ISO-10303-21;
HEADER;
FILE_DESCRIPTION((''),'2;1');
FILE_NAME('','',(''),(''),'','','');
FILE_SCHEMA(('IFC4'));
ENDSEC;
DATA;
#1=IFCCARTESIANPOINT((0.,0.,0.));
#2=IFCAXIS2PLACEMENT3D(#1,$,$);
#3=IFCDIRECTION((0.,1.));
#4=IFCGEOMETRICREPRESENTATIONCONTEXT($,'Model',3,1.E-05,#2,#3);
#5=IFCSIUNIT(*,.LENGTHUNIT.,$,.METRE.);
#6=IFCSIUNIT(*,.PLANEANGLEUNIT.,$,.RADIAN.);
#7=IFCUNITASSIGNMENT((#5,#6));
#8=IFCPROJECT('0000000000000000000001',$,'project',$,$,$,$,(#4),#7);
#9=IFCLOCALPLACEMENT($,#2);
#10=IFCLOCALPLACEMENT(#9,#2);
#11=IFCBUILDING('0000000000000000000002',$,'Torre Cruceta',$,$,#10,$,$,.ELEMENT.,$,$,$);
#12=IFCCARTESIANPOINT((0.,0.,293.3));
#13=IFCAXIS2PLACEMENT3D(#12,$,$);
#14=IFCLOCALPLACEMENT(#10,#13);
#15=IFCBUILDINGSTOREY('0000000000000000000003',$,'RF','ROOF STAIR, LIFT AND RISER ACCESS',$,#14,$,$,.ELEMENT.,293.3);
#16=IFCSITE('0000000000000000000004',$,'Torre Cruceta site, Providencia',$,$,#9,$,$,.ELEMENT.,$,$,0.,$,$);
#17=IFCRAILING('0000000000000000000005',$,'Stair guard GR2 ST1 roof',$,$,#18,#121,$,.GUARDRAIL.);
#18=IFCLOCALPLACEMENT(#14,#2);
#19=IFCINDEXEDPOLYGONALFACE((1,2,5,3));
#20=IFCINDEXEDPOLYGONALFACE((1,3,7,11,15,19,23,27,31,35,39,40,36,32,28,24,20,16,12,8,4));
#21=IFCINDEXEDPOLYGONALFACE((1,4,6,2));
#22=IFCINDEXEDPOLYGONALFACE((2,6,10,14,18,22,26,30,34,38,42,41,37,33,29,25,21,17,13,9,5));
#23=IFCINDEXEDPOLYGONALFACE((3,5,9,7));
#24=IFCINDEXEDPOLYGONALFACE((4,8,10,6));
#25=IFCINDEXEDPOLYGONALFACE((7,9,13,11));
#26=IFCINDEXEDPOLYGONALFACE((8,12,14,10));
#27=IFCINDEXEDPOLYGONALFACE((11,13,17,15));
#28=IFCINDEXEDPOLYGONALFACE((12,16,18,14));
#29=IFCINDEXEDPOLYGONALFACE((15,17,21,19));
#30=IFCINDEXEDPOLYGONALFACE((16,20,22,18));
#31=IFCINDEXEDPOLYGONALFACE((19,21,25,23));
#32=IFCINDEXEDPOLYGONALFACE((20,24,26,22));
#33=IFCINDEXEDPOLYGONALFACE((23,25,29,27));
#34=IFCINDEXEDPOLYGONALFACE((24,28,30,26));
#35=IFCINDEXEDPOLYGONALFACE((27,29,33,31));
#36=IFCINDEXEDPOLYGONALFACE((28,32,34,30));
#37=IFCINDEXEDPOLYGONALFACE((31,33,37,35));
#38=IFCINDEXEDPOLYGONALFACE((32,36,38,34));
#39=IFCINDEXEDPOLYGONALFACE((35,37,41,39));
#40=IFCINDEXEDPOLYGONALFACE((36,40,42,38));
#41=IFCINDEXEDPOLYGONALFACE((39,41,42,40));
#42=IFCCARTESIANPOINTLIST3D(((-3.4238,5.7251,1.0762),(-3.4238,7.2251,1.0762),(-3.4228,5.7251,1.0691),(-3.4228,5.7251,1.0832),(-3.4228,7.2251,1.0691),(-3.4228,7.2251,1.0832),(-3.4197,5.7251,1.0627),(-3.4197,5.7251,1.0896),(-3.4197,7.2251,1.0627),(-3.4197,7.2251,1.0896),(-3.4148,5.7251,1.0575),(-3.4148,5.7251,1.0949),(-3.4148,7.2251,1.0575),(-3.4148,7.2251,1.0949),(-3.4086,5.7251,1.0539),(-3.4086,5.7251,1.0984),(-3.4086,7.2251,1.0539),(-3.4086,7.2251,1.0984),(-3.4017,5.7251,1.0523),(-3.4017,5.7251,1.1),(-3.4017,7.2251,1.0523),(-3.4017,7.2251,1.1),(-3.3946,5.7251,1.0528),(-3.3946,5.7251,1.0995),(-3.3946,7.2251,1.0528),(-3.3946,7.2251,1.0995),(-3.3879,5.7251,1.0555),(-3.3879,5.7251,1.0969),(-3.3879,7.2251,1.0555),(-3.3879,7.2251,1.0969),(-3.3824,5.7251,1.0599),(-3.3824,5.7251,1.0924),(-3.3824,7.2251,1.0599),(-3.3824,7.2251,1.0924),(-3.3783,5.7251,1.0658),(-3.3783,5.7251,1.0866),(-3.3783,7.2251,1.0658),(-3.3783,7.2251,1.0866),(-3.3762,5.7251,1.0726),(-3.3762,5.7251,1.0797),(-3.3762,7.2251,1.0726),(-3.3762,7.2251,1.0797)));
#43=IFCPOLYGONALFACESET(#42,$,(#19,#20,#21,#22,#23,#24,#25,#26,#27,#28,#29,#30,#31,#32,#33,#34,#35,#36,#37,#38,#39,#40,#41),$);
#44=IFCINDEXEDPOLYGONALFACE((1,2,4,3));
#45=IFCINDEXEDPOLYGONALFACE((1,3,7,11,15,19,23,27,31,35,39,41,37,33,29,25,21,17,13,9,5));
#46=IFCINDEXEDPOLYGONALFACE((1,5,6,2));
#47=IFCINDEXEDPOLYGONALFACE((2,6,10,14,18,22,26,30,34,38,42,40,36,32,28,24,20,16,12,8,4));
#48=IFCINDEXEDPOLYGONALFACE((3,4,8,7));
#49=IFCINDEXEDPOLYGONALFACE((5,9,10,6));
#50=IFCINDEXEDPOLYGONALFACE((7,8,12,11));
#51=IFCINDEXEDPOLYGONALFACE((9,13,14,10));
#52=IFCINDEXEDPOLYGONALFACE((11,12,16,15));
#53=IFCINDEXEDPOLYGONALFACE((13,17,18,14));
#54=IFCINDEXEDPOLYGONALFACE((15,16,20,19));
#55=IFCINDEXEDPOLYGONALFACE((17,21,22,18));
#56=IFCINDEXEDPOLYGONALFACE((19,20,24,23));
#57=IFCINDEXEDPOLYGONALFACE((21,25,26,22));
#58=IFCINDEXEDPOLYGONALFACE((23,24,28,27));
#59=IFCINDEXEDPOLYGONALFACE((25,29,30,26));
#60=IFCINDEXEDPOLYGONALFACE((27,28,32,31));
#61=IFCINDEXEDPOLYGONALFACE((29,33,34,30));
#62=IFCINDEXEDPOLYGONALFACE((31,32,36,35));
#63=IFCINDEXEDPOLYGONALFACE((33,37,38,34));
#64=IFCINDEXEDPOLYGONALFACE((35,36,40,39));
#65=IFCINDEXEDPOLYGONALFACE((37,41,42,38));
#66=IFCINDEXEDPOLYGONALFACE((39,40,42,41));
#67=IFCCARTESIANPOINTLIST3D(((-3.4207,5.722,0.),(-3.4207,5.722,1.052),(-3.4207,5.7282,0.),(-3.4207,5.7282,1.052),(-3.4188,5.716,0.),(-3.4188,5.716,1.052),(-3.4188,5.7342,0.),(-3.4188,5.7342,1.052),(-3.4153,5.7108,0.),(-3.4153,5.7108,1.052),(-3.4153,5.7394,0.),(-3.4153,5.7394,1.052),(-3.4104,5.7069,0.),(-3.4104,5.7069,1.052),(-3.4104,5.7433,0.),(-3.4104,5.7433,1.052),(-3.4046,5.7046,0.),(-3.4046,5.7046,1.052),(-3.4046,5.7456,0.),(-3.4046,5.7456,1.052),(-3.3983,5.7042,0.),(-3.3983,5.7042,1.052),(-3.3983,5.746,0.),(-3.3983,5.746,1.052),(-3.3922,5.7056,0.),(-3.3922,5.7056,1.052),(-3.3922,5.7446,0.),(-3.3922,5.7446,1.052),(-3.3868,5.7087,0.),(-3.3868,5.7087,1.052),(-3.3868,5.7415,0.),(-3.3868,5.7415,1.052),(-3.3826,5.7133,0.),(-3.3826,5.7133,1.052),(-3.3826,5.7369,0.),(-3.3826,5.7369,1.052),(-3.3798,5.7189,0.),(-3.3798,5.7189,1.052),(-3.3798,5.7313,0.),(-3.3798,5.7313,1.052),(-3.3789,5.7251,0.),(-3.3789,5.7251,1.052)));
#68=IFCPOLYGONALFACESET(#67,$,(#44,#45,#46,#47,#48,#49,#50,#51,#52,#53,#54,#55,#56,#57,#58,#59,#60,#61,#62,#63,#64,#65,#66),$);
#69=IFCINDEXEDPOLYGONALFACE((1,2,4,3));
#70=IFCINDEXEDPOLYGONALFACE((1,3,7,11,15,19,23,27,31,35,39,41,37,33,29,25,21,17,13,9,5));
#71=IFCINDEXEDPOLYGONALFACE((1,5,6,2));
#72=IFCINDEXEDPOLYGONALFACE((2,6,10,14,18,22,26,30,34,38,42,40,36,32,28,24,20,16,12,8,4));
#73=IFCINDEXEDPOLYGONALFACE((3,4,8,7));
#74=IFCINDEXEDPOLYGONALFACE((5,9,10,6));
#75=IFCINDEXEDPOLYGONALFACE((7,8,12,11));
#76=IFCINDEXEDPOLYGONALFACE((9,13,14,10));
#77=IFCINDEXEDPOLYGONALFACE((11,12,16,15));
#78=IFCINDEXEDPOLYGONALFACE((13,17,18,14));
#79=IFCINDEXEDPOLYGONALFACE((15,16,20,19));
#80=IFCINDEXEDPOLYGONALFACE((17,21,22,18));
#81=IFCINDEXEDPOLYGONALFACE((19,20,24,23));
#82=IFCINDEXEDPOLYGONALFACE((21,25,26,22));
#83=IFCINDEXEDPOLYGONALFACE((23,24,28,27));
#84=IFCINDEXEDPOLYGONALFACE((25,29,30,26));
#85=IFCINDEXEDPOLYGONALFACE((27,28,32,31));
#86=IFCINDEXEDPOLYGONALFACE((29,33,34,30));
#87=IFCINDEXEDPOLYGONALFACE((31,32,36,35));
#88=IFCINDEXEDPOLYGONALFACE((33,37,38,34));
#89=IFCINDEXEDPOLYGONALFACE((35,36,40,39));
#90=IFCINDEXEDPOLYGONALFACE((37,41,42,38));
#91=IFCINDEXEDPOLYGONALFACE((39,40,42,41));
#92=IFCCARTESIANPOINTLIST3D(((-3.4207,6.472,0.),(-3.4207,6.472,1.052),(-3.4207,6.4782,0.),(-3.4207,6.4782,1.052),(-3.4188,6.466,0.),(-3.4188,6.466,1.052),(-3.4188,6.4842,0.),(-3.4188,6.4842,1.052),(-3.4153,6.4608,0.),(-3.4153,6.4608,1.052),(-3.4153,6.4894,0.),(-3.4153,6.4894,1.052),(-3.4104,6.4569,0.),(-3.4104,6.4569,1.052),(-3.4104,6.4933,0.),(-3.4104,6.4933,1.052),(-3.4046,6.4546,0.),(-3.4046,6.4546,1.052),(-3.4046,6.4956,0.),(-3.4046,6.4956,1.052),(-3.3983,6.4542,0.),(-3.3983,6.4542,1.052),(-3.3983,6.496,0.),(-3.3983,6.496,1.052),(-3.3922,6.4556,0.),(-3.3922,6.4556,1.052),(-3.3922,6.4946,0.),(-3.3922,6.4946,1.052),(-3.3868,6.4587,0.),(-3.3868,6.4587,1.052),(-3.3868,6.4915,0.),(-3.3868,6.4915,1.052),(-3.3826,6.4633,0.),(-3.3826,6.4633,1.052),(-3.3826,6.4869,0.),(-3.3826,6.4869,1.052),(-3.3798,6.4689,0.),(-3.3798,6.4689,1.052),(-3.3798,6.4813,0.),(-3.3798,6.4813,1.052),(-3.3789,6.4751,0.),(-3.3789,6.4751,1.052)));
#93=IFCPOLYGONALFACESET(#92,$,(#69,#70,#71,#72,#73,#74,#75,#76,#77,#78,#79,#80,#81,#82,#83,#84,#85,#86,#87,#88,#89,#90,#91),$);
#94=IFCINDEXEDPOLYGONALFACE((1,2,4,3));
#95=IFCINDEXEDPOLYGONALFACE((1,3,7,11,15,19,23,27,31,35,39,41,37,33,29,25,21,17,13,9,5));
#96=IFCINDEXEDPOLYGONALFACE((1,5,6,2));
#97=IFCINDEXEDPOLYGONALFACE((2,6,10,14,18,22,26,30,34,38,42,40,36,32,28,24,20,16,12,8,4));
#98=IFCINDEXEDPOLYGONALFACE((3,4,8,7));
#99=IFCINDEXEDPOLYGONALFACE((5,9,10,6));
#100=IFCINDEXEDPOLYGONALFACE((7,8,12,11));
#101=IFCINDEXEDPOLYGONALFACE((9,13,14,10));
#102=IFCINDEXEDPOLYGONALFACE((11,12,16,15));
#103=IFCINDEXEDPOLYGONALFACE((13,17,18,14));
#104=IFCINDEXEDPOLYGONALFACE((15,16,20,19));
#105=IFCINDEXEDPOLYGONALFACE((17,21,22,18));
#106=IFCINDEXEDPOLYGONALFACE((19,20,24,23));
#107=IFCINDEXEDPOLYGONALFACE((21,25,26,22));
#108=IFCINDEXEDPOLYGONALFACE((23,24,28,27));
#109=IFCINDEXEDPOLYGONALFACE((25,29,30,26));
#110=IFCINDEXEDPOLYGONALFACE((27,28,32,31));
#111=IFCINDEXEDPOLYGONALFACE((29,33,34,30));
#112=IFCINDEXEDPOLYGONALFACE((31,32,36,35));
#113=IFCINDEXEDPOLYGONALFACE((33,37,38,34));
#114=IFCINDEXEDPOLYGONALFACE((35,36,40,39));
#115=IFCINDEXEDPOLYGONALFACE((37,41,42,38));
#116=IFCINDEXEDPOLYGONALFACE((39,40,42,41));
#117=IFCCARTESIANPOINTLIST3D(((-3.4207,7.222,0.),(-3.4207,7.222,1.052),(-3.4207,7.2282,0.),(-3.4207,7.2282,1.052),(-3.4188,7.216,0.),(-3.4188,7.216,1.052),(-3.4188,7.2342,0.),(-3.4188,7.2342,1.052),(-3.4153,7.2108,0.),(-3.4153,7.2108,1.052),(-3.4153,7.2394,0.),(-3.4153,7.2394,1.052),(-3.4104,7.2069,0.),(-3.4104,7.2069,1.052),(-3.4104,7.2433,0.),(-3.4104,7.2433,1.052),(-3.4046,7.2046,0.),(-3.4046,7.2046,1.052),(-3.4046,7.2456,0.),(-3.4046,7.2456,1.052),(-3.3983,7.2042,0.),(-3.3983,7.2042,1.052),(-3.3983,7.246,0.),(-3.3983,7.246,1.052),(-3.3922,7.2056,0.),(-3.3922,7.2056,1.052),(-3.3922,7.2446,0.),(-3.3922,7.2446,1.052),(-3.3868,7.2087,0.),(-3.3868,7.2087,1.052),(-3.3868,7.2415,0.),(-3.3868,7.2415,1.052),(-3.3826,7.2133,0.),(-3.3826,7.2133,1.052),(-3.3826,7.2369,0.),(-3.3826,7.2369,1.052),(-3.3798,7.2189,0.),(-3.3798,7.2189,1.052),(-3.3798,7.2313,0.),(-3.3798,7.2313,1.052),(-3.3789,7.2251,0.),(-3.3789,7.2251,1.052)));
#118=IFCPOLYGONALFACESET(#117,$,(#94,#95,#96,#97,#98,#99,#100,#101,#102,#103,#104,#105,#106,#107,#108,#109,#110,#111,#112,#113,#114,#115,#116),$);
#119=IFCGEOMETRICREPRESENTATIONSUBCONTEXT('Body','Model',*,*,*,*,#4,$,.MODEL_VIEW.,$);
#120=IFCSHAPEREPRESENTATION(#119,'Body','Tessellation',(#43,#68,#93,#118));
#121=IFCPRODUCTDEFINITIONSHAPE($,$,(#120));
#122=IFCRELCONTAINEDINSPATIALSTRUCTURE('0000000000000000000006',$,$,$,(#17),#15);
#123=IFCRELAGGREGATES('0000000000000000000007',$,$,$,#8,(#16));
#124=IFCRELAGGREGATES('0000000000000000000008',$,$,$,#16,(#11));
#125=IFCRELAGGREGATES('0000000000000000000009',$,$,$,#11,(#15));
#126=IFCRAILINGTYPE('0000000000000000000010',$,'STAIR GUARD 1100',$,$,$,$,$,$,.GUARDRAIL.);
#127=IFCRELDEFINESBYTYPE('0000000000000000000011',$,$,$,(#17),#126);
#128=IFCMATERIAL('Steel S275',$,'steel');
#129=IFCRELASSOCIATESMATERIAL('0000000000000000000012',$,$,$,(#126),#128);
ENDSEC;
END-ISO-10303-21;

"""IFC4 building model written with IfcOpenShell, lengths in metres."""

from ifc_helpers import new_model, si_unit, direction, frame, origin, origin_2d, place, context, subcontext, project, spatial, circle, extrude, material, type_object, element, save


model = new_model("IFC4")

# Units and contexts
model_context = context("Model", 3, precision=1e-05, world=origin(), true_north=direction((0.0, 1.0)))
body_context = subcontext(model_context, "Body", "Model", "MODEL_VIEW")
ifc_project = project(units=[si_unit("LENGTHUNIT", "METRE"), si_unit("PLANEANGLEUNIT", "RADIAN")], contexts=[model_context])

# Site, building, storey
site_placement = place(None, origin())
site = spatial("IfcSite", under=ifc_project, at=site_placement, Name="Torre Cruceta site, Providencia", CompositionType="ELEMENT", RefElevation=0.0)
building_placement = place(site_placement, origin())
building = spatial("IfcBuilding", under=site, at=building_placement, Name="Torre Cruceta", CompositionType="ELEMENT")
storey_placement = place(building_placement, frame((0.0, 0.0, 293.3)))
storey = spatial("IfcBuildingStorey", under=building, at=storey_placement, Name="RF", Description="ROOF STAIR, LIFT AND RISER ACCESS", CompositionType="ELEMENT", Elevation=293.3)

# Railing
ifc_material_1 = material(Name="Steel S275", Category="steel")
railing_type = type_object("IfcRailingType", Name="STAIR GUARD 1100", PredefinedType="GUARDRAIL", material=ifc_material_1)
railing_placement = place(storey_placement, frame((-3.3999, 5.7251, 0.0)))
element("IfcRailing", 1, at=railing_placement, inside=storey, type_object=railing_type, Name="Stair guard GR2 ST1 roof", PredefinedType="GUARDRAIL", context=body_context, shape_type="SweptSolid", body=[
    extrude(circle(Radius=0.0239, at=origin_2d()), frame((0.0, 0.0, 1.0762), z_axis=(0.0, 1.0, 0.0), x_axis=(-1.0, 0.0, 0.0)), (0.0, 0.0, 1.0), 1.5),
    extrude(circle(Radius=0.021, at=origin_2d()), origin(), (0.0, 0.0, 1.0), 1.052),
    extrude(circle(Radius=0.021, at=origin_2d()), frame((0.0, 0.75, 0.0)), (0.0, 0.0, 1.0), 1.052),
    extrude(circle(Radius=0.021, at=origin_2d()), frame((0.0, 1.5, 0.0)), (0.0, 0.0, 1.0), 1.052),
])

save(model, "model.ifc")
